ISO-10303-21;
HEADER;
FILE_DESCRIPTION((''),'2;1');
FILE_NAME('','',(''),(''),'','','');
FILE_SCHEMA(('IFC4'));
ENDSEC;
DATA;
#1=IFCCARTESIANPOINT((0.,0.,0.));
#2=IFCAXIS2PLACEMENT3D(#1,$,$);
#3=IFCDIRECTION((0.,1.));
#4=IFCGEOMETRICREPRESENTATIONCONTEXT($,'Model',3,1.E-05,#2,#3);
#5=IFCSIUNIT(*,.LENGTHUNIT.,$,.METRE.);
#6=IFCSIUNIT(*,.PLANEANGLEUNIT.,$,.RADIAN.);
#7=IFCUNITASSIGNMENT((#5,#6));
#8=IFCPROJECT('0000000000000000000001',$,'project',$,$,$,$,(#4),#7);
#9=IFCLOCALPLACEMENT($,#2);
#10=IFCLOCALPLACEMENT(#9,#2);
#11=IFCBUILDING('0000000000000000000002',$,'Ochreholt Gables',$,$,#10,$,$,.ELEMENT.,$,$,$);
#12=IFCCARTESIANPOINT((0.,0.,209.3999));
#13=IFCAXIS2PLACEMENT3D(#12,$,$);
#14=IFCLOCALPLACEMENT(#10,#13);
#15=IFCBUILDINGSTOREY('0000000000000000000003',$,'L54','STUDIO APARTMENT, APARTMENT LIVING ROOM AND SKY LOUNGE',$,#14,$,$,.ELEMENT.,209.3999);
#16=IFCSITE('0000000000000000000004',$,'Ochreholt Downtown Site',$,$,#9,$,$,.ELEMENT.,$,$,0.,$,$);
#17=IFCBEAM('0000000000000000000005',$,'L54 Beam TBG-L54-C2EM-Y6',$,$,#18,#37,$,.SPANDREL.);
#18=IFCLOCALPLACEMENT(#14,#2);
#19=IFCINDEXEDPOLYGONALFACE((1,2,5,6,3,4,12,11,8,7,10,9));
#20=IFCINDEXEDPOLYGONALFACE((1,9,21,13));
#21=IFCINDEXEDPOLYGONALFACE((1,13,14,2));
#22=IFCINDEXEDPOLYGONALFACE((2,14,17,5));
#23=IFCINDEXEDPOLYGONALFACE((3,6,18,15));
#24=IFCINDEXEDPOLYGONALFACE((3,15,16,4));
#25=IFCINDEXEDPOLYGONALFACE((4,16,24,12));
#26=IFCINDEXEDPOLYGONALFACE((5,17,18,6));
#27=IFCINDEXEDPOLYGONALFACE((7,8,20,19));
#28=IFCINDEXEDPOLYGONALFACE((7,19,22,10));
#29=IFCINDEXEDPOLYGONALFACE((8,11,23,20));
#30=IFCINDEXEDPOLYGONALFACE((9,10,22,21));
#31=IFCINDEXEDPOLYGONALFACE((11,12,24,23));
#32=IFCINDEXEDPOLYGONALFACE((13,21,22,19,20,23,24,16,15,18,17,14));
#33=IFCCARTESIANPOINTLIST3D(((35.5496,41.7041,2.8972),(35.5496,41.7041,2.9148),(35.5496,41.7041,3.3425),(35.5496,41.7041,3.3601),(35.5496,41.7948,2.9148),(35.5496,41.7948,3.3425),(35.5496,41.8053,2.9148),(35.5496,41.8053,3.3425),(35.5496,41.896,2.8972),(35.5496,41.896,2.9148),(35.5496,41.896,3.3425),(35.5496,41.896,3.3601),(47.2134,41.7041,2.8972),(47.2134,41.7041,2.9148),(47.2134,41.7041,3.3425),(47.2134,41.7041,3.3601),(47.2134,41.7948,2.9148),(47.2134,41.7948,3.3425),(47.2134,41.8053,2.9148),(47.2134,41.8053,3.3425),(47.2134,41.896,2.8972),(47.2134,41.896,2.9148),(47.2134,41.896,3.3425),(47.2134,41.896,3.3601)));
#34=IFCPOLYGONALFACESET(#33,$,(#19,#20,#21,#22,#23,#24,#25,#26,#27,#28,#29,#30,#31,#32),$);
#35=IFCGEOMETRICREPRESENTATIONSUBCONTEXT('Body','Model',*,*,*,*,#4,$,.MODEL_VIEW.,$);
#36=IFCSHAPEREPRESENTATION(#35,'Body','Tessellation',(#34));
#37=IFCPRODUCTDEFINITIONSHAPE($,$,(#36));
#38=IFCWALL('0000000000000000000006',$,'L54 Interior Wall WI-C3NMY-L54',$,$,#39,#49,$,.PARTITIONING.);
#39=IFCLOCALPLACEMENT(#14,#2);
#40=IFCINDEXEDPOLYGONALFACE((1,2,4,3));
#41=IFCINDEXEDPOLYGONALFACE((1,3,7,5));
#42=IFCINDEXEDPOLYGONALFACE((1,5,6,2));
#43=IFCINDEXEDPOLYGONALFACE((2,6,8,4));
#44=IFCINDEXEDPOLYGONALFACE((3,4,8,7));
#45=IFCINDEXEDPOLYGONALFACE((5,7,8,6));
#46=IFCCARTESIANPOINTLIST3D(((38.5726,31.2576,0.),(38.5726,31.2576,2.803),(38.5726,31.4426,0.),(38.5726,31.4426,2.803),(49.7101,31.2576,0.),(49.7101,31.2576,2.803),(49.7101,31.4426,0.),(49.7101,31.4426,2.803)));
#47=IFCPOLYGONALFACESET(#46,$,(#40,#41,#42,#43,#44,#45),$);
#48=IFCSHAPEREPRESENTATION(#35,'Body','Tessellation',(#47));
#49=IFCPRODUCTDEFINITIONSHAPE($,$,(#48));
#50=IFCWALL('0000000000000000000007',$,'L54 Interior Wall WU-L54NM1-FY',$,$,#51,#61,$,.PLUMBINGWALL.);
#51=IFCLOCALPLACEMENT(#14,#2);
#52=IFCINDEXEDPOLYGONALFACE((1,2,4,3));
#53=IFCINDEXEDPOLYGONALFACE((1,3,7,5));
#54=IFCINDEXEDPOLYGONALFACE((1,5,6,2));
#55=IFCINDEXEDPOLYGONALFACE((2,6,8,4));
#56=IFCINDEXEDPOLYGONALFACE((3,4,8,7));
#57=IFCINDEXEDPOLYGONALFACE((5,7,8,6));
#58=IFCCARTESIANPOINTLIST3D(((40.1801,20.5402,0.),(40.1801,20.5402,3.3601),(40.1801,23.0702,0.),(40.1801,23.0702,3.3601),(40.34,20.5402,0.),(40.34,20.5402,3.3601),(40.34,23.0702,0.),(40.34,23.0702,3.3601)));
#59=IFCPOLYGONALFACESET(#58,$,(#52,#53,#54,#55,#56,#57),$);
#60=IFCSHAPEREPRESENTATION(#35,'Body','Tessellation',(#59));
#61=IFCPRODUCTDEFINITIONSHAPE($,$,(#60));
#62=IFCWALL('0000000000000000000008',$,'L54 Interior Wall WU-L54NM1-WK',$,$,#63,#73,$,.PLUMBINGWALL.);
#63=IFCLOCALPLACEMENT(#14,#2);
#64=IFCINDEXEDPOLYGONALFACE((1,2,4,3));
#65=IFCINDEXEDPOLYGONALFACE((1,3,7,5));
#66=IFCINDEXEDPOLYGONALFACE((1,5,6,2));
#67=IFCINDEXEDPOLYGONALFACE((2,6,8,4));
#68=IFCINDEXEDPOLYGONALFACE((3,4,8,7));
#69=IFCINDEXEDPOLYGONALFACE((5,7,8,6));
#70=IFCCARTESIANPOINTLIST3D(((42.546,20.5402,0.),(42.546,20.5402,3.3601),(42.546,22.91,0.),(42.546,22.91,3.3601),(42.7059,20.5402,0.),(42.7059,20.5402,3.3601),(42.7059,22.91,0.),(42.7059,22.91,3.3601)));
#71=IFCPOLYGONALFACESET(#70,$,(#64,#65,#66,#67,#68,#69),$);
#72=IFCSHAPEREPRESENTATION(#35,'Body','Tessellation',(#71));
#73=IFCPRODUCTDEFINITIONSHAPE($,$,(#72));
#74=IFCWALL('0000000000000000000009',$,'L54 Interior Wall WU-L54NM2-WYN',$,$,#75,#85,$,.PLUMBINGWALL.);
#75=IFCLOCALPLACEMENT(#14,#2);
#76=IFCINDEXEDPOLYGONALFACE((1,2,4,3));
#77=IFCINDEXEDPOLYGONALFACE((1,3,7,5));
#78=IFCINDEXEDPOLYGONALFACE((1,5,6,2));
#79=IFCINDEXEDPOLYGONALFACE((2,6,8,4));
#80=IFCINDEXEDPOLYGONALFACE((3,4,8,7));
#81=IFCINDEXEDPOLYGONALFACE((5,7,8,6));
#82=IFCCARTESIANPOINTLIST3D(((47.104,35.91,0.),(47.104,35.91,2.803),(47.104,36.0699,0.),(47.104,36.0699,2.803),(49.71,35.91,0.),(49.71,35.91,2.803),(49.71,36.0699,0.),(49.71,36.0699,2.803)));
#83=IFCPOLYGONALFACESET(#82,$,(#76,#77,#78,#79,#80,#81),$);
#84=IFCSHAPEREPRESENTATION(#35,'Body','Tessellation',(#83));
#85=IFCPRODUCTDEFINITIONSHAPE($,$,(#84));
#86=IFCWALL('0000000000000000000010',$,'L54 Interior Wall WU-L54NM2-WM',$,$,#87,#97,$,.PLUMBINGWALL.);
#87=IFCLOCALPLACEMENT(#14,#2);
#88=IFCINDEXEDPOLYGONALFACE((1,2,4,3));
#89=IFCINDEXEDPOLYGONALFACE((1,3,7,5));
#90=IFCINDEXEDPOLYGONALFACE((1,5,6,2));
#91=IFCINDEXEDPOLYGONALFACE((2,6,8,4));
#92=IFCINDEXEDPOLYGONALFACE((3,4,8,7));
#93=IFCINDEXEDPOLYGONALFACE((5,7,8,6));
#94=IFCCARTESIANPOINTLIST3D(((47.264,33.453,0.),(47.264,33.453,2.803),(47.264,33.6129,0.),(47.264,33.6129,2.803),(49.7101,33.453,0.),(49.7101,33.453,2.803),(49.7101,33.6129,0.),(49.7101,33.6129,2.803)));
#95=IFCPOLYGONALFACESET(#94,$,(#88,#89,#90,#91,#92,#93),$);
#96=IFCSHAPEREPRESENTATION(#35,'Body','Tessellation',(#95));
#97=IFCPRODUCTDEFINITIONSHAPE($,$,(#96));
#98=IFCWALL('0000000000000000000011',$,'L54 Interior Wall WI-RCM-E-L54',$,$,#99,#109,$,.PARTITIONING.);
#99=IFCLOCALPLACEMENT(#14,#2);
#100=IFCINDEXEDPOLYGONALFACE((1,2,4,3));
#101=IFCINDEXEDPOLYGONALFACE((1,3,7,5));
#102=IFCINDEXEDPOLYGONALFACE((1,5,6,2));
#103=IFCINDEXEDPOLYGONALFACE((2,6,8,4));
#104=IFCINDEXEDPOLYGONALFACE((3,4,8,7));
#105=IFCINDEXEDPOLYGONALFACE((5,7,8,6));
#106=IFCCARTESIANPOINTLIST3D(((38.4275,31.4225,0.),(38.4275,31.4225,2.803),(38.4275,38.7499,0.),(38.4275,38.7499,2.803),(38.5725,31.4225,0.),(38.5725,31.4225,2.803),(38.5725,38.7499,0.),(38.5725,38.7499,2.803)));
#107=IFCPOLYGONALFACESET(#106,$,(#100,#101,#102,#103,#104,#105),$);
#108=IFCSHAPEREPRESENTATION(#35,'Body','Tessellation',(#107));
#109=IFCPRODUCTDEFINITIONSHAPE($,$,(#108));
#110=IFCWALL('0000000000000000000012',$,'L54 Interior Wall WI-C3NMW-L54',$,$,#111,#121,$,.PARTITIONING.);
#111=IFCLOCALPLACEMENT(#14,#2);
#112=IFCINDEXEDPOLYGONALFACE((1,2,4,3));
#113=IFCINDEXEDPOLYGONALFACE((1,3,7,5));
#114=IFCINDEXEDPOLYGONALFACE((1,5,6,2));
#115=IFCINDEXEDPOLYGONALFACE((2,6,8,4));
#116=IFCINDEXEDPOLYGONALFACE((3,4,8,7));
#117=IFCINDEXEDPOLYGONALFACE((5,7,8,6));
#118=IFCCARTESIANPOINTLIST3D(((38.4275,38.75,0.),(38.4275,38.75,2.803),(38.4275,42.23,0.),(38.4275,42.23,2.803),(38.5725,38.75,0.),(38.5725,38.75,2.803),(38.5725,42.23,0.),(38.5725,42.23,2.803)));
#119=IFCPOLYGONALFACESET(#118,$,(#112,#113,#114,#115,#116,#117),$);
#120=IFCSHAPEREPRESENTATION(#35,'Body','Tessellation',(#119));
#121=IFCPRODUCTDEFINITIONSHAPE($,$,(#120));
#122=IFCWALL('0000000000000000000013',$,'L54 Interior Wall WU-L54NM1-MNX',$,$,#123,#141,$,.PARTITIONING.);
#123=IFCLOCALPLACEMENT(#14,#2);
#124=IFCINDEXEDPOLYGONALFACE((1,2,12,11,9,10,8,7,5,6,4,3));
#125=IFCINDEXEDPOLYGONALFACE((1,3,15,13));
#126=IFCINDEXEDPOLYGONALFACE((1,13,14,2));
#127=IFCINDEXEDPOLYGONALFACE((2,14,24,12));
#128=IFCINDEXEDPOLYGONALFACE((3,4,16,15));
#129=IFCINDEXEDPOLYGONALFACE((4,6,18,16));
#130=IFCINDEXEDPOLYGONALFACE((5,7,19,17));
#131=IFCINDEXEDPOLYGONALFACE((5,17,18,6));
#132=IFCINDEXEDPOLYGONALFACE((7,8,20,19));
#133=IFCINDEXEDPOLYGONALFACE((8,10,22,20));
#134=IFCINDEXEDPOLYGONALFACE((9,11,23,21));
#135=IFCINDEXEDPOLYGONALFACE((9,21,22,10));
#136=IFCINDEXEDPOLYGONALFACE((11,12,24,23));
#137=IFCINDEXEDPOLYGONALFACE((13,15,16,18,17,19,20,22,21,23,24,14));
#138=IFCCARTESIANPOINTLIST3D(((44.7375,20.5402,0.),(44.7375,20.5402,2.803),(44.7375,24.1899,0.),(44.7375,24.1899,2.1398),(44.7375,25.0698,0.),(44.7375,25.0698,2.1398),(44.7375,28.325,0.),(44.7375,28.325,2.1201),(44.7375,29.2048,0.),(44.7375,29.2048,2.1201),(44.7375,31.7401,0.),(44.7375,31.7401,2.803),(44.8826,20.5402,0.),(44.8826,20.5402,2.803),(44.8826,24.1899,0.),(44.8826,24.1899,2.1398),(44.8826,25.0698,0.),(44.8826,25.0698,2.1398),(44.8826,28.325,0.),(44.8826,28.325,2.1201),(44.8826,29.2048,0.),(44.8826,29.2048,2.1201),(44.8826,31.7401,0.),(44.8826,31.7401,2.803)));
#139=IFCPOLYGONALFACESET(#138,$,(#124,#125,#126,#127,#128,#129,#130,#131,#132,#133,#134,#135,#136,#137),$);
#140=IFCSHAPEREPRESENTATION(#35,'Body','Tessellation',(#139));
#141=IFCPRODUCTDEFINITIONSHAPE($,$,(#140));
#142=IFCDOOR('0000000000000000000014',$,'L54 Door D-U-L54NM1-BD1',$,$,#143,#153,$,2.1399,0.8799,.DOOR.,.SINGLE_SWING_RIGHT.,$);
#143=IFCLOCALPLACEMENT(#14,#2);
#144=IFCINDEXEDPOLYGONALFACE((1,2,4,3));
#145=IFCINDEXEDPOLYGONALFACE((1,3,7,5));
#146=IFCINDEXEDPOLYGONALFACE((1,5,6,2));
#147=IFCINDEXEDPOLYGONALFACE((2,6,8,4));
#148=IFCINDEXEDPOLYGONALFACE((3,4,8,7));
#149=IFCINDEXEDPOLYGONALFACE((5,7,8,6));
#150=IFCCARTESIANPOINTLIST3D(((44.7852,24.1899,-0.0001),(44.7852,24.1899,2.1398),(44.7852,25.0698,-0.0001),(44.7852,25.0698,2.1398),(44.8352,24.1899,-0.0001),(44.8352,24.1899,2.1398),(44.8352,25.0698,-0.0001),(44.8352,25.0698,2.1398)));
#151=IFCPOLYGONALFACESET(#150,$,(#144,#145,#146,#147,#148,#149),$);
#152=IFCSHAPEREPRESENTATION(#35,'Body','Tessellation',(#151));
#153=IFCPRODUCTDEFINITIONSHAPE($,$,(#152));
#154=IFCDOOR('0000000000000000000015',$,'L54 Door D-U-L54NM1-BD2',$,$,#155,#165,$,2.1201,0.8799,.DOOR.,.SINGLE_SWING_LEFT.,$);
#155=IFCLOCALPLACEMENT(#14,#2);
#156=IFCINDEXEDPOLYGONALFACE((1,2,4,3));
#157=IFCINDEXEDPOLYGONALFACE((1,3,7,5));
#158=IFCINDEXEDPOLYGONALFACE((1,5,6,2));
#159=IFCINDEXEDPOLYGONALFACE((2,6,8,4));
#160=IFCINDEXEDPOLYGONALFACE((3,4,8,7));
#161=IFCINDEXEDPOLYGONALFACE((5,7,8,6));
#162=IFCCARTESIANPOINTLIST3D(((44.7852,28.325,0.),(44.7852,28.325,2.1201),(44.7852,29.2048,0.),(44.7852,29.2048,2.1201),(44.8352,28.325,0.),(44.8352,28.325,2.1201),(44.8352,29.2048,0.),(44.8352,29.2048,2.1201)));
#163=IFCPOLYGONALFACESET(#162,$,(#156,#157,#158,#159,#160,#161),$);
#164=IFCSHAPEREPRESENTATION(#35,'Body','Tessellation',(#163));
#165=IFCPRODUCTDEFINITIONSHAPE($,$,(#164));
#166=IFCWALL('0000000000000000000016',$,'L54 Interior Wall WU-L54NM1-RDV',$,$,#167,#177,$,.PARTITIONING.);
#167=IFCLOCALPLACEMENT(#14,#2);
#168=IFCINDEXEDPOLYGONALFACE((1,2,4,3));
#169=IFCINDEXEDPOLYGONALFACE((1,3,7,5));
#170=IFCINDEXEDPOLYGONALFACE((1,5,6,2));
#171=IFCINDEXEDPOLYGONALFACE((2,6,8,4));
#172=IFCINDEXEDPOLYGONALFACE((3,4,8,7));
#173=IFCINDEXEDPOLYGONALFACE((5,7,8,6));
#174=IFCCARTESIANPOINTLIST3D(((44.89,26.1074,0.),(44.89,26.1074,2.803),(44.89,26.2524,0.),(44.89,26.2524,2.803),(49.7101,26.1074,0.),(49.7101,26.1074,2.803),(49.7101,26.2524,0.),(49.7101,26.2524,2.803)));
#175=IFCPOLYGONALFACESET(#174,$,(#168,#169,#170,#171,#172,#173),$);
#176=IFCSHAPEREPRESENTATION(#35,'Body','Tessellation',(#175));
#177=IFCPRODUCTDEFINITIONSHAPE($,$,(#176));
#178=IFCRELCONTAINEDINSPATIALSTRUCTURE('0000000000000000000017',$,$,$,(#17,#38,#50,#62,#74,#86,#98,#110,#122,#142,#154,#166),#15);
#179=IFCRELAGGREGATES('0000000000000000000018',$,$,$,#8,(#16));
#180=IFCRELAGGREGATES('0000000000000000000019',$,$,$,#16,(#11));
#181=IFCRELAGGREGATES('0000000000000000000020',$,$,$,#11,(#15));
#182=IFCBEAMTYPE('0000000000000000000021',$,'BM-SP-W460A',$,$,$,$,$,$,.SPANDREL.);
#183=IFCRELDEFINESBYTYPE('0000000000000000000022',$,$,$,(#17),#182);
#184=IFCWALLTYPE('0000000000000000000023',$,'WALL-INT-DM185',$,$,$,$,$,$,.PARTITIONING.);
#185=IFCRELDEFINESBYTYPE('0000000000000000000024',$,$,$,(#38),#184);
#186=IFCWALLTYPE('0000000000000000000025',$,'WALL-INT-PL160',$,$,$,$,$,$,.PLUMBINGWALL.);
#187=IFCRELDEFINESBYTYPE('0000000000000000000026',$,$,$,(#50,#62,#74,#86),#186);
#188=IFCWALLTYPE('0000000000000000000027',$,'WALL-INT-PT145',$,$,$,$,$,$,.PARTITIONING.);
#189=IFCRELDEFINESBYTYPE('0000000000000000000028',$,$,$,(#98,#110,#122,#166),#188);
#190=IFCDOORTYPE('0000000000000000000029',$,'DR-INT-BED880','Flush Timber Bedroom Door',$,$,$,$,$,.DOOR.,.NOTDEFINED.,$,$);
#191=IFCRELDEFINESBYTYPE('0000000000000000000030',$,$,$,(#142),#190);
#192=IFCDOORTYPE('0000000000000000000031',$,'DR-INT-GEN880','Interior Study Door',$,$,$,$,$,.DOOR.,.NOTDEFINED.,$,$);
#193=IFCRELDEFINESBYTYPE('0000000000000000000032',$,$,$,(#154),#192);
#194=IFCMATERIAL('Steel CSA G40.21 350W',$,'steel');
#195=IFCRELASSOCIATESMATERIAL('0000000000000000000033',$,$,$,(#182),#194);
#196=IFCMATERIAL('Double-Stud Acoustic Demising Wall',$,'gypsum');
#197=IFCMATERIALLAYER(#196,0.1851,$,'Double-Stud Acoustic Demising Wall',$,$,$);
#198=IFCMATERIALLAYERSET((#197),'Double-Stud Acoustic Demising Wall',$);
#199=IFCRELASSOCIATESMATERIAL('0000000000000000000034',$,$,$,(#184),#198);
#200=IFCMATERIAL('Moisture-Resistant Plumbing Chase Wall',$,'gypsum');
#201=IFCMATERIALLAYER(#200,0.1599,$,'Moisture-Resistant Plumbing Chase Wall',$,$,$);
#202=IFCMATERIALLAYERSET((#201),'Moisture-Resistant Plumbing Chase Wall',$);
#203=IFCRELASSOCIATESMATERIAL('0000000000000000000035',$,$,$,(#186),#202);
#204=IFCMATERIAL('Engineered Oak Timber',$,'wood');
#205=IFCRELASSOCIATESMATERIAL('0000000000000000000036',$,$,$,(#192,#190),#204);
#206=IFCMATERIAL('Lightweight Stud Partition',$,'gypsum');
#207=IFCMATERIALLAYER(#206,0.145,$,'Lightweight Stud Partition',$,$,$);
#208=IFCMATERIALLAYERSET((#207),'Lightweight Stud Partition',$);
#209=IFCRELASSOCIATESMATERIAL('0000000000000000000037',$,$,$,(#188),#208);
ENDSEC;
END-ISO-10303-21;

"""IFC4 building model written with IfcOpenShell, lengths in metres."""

from ifc_helpers import new_model, si_unit, direction, frame, frame_2d, origin, origin_2d, place, context, subcontext, project, spatial, rectangle, i_section, extrude, material, layer, layer_set, material_profile, profile_set, type_object, element, fill, save


model = new_model("IFC4")

# Units and contexts
model_context = context("Model", 3, precision=1e-05, world=origin(), true_north=direction((0.0, 1.0)))
body_context = subcontext(model_context, "Body", "Model", "MODEL_VIEW")
ifc_project = project(units=[si_unit("LENGTHUNIT", "METRE"), si_unit("PLANEANGLEUNIT", "RADIAN")], contexts=[model_context])

# Site, building, storey
site_placement = place(None, origin())
site = spatial("IfcSite", under=ifc_project, at=site_placement, Name="Ochreholt Downtown Site", CompositionType="ELEMENT", RefElevation=0.0)
building_placement = place(site_placement, origin())
building = spatial("IfcBuilding", under=site, at=building_placement, Name="Ochreholt Gables", CompositionType="ELEMENT")
storey_placement = place(building_placement, frame((0.0, 0.0, 209.3999)))
storey = spatial("IfcBuildingStorey", under=building, at=storey_placement, Name="L54", Description="STUDIO APARTMENT, APARTMENT LIVING ROOM AND SKY LOUNGE", CompositionType="ELEMENT", Elevation=209.3999)

# Shared definitions
ifc_material_1 = material(Name="Steel CSA G40.21 350W", Category="steel")

# Beam
ifc_material_profile_1 = material_profile(ifc_material_1, i_section(OverallWidth=0.1919, OverallDepth=0.4629, WebThickness=0.0105, FlangeThickness=0.0176, at=origin_2d()), Name="W460X89")
ifc_profile_set_1 = profile_set([ifc_material_profile_1], Name="Steel CSA G40.21 350W")
beam_type_1 = type_object("IfcBeamType", Name="BM-SP-W460A", PredefinedType="SPANDREL", material=ifc_profile_set_1)
beam_1_placement = place(storey_placement, frame((35.5496, 41.8, 3.1287), z_axis=(1.0, 0.0, 0.0), x_axis=(0.0, 1.0, 0.0)))
element("IfcBeam", 1, at=beam_1_placement, inside=storey, type_object=beam_type_1, Name="L54 Beam TBG-L54-C2EM-Y6", PredefinedType="SPANDREL", context=body_context, shape_type="SweptSolid", body=[
    extrude(i_section(OverallWidth=0.1919, OverallDepth=0.4629, WebThickness=0.0105, FlangeThickness=0.0176, at=origin_2d()), origin(), (0.0, 0.0, 1.0), 11.6638),
])

# Wall
ifc_material_2 = material(Name="Double-Stud Acoustic Demising Wall", Category="gypsum")
ifc_layer_1 = layer(ifc_material_2, 0.1851, Name="Double-Stud Acoustic Demising Wall")
ifc_layer_set_1 = layer_set([ifc_layer_1], Name="Double-Stud Acoustic Demising Wall")
wall_type_1 = type_object("IfcWallType", Name="WALL-INT-DM185", PredefinedType="PARTITIONING", material=ifc_layer_set_1)
wall_1_placement = place(storey_placement, frame((38.5725, 31.3501, 0.0), z_axis=(0.0, 0.0, 1.0), x_axis=(1.0, 0.0, 0.0)))
element("IfcWall", 2, at=wall_1_placement, inside=storey, type_object=wall_type_1, Name="L54 Interior Wall WI-C3NMY-L54", PredefinedType="PARTITIONING", context=body_context, shape_type="SweptSolid", body=[
    extrude(rectangle(XDim=11.1375, YDim=0.1851, at=frame_2d((5.5688, 0.0))), origin(), (0.0, 0.0, 1.0), 2.803),
])

# Shared definitions
ifc_material_3 = material(Name="Moisture-Resistant Plumbing Chase Wall", Category="gypsum")
ifc_layer_2 = layer(ifc_material_3, 0.1599, Name="Moisture-Resistant Plumbing Chase Wall")
ifc_layer_set_2 = layer_set([ifc_layer_2], Name="Moisture-Resistant Plumbing Chase Wall")
wall_type_2 = type_object("IfcWallType", Name="WALL-INT-PL160", PredefinedType="PLUMBINGWALL", material=ifc_layer_set_2)
ifc_material_4 = material(Name="Engineered Oak Timber", Category="wood")
door_type_1 = type_object("IfcDoorType", Name="DR-INT-GEN880", Description="Interior Study Door", OperationType="NOTDEFINED", PredefinedType="DOOR", material=ifc_material_4)

# Walls
wall_2_placement = place(storey_placement, frame((40.26, 20.54, 0.0), z_axis=(0.0, 0.0, 1.0), x_axis=(0.0, 1.0, 0.0)))
element("IfcWall", 3, at=wall_2_placement, inside=storey, type_object=wall_type_2, Name="L54 Interior Wall WU-L54NM1-FY", PredefinedType="PLUMBINGWALL", context=body_context, shape_type="SweptSolid", body=[
    extrude(rectangle(XDim=2.53, YDim=0.1599, at=frame_2d((1.2651, 0.0))), origin(), (0.0, 0.0, 1.0), 3.3601),
])
wall_3_placement = place(storey_placement, frame((42.626, 20.54, 0.0), z_axis=(0.0, 0.0, 1.0), x_axis=(0.0, 1.0, 0.0)))
element("IfcWall", 4, at=wall_3_placement, inside=storey, type_object=wall_type_2, Name="L54 Interior Wall WU-L54NM1-WK", PredefinedType="PLUMBINGWALL", context=body_context, shape_type="SweptSolid", body=[
    extrude(rectangle(XDim=2.3699, YDim=0.1599, at=frame_2d((1.1851, 0.0))), origin(), (0.0, 0.0, 1.0), 3.3601),
])
wall_4_placement = place(storey_placement, frame((47.104, 35.99, 0.0), z_axis=(0.0, 0.0, 1.0), x_axis=(1.0, 0.0, 0.0)))
element("IfcWall", 5, at=wall_4_placement, inside=storey, type_object=wall_type_2, Name="L54 Interior Wall WU-L54NM2-WYN", PredefinedType="PLUMBINGWALL", context=body_context, shape_type="SweptSolid", body=[
    extrude(rectangle(XDim=2.606, YDim=0.1599, at=frame_2d((1.303, 0.0))), origin(), (0.0, 0.0, 1.0), 2.803),
])

# Walls
wall_5_placement = place(storey_placement, frame((47.2639, 33.533, 0.0), z_axis=(0.0, 0.0, 1.0), x_axis=(1.0, 0.0, 0.0)))
element("IfcWall", 6, at=wall_5_placement, inside=storey, type_object=wall_type_2, Name="L54 Interior Wall WU-L54NM2-WM", PredefinedType="PLUMBINGWALL", context=body_context, shape_type="SweptSolid", body=[
    extrude(rectangle(XDim=2.446, YDim=0.1599, at=frame_2d((1.2231, 0.0))), origin(), (0.0, 0.0, 1.0), 2.803),
])
ifc_material_5 = material(Name="Lightweight Stud Partition", Category="gypsum")
ifc_layer_3 = layer(ifc_material_5, 0.145, Name="Lightweight Stud Partition")
ifc_layer_set_3 = layer_set([ifc_layer_3], Name="Lightweight Stud Partition")
wall_type_3 = type_object("IfcWallType", Name="WALL-INT-PT145", PredefinedType="PARTITIONING", material=ifc_layer_set_3)
wall_6_placement = place(storey_placement, frame((38.5, 31.4226, 0.0), z_axis=(0.0, 0.0, 1.0), x_axis=(0.0, 1.0, 0.0)))
element("IfcWall", 7, at=wall_6_placement, inside=storey, type_object=wall_type_3, Name="L54 Interior Wall WI-RCM-E-L54", PredefinedType="PARTITIONING", context=body_context, shape_type="SweptSolid", body=[
    extrude(rectangle(XDim=7.3274, YDim=0.145, at=frame_2d((3.6636, 0.0))), origin(), (0.0, 0.0, 1.0), 2.803),
])
wall_7_placement = place(storey_placement, frame((38.5, 38.75, 0.0), z_axis=(0.0, 0.0, 1.0), x_axis=(0.0, 1.0, 0.0)))
element("IfcWall", 8, at=wall_7_placement, inside=storey, type_object=wall_type_3, Name="L54 Interior Wall WI-C3NMW-L54", PredefinedType="PARTITIONING", context=body_context, shape_type="SweptSolid", body=[
    extrude(rectangle(XDim=3.48, YDim=0.145, at=frame_2d((1.74, 0.0))), origin(), (0.0, 0.0, 1.0), 2.803),
])

# Wall, openings, doors
wall_8_placement = place(storey_placement, frame((44.8101, 20.54, 0.0), z_axis=(0.0, 0.0, 1.0), x_axis=(0.0, 1.0, 0.0)))
wall_8 = element("IfcWall", 9, at=wall_8_placement, inside=storey, type_object=wall_type_3, Name="L54 Interior Wall WU-L54NM1-MNX", PredefinedType="PARTITIONING", context=body_context, shape_type="SweptSolid", body=[
    extrude(rectangle(XDim=11.2, YDim=0.145, at=frame_2d((5.6001, 0.0))), origin(), (0.0, 0.0, 1.0), 2.803),
])
opening_1_placement = place(wall_8_placement, frame((3.6499, 0.0, 0.0)))
opening_1 = element("IfcOpeningElement", 10, at=opening_1_placement, cuts=wall_8, PredefinedType="OPENING", context=body_context, shape_type="SweptSolid", body=[
    extrude(rectangle(XDim=0.8799, YDim=2.1399, at=frame_2d((0.4399, 1.0698))), frame((0.0, 0.0825, 0.0), z_axis=(0.0, -1.0, 0.0), x_axis=(1.0, 0.0, 0.0)), (0.0, 0.0, 1.0), 0.165),
])
opening_2_placement = place(wall_8_placement, frame((7.7849, 0.0, 0.0)))
opening_2 = element("IfcOpeningElement", 11, at=opening_2_placement, cuts=wall_8, PredefinedType="OPENING", context=body_context, shape_type="SweptSolid", body=[
    extrude(rectangle(XDim=0.8799, YDim=2.1201, at=frame_2d((0.4399, 1.0601))), frame((0.0, 0.0825, 0.0), z_axis=(0.0, -1.0, 0.0), x_axis=(1.0, 0.0, 0.0)), (0.0, 0.0, 1.0), 0.165),
])
door_type_2 = type_object("IfcDoorType", Name="DR-INT-BED880", Description="Flush Timber Bedroom Door", OperationType="NOTDEFINED", PredefinedType="DOOR", material=ifc_material_4)
door_1_placement = place(opening_1_placement, origin())
door_1 = element("IfcDoor", 12, at=door_1_placement, inside=storey, type_object=door_type_2, Name="L54 Door D-U-L54NM1-BD1", OperationType="SINGLE_SWING_RIGHT", OverallHeight=2.1399, OverallWidth=0.8799, PredefinedType="DOOR", context=body_context, shape_type="SweptSolid", body=[
    extrude(rectangle(XDim=0.8799, YDim=2.1399, at=frame_2d((0.4399, 1.0698))), frame((0.0, 0.0249, 0.0), z_axis=(0.0, -1.0, 0.0), x_axis=(1.0, 0.0, 0.0)), (0.0, 0.0, 1.0), 0.05),
])
fill(opening_1, door_1)
door_2_placement = place(opening_2_placement, origin())
door_2 = element("IfcDoor", 13, at=door_2_placement, inside=storey, type_object=door_type_1, Name="L54 Door D-U-L54NM1-BD2", OperationType="SINGLE_SWING_LEFT", OverallHeight=2.1201, OverallWidth=0.8799, PredefinedType="DOOR", context=body_context, shape_type="SweptSolid", body=[
    extrude(rectangle(XDim=0.8799, YDim=2.1201, at=frame_2d((0.4399, 1.0601))), frame((0.0, 0.0249, 0.0), z_axis=(0.0, -1.0, 0.0), x_axis=(1.0, 0.0, 0.0)), (0.0, 0.0, 1.0), 0.05),
])
fill(opening_2, door_2)

# Wall
wall_9_placement = place(storey_placement, frame((44.8899, 26.1799, 0.0), z_axis=(0.0, 0.0, 1.0), x_axis=(1.0, 0.0, 0.0)))
element("IfcWall", 14, at=wall_9_placement, inside=storey, type_object=wall_type_3, Name="L54 Interior Wall WU-L54NM1-RDV", PredefinedType="PARTITIONING", context=body_context, shape_type="SweptSolid", body=[
    extrude(rectangle(XDim=4.8201, YDim=0.145, at=frame_2d((2.4102, 0.0))), origin(), (0.0, 0.0, 1.0), 2.803),
])

save(model, "model.ifc")
